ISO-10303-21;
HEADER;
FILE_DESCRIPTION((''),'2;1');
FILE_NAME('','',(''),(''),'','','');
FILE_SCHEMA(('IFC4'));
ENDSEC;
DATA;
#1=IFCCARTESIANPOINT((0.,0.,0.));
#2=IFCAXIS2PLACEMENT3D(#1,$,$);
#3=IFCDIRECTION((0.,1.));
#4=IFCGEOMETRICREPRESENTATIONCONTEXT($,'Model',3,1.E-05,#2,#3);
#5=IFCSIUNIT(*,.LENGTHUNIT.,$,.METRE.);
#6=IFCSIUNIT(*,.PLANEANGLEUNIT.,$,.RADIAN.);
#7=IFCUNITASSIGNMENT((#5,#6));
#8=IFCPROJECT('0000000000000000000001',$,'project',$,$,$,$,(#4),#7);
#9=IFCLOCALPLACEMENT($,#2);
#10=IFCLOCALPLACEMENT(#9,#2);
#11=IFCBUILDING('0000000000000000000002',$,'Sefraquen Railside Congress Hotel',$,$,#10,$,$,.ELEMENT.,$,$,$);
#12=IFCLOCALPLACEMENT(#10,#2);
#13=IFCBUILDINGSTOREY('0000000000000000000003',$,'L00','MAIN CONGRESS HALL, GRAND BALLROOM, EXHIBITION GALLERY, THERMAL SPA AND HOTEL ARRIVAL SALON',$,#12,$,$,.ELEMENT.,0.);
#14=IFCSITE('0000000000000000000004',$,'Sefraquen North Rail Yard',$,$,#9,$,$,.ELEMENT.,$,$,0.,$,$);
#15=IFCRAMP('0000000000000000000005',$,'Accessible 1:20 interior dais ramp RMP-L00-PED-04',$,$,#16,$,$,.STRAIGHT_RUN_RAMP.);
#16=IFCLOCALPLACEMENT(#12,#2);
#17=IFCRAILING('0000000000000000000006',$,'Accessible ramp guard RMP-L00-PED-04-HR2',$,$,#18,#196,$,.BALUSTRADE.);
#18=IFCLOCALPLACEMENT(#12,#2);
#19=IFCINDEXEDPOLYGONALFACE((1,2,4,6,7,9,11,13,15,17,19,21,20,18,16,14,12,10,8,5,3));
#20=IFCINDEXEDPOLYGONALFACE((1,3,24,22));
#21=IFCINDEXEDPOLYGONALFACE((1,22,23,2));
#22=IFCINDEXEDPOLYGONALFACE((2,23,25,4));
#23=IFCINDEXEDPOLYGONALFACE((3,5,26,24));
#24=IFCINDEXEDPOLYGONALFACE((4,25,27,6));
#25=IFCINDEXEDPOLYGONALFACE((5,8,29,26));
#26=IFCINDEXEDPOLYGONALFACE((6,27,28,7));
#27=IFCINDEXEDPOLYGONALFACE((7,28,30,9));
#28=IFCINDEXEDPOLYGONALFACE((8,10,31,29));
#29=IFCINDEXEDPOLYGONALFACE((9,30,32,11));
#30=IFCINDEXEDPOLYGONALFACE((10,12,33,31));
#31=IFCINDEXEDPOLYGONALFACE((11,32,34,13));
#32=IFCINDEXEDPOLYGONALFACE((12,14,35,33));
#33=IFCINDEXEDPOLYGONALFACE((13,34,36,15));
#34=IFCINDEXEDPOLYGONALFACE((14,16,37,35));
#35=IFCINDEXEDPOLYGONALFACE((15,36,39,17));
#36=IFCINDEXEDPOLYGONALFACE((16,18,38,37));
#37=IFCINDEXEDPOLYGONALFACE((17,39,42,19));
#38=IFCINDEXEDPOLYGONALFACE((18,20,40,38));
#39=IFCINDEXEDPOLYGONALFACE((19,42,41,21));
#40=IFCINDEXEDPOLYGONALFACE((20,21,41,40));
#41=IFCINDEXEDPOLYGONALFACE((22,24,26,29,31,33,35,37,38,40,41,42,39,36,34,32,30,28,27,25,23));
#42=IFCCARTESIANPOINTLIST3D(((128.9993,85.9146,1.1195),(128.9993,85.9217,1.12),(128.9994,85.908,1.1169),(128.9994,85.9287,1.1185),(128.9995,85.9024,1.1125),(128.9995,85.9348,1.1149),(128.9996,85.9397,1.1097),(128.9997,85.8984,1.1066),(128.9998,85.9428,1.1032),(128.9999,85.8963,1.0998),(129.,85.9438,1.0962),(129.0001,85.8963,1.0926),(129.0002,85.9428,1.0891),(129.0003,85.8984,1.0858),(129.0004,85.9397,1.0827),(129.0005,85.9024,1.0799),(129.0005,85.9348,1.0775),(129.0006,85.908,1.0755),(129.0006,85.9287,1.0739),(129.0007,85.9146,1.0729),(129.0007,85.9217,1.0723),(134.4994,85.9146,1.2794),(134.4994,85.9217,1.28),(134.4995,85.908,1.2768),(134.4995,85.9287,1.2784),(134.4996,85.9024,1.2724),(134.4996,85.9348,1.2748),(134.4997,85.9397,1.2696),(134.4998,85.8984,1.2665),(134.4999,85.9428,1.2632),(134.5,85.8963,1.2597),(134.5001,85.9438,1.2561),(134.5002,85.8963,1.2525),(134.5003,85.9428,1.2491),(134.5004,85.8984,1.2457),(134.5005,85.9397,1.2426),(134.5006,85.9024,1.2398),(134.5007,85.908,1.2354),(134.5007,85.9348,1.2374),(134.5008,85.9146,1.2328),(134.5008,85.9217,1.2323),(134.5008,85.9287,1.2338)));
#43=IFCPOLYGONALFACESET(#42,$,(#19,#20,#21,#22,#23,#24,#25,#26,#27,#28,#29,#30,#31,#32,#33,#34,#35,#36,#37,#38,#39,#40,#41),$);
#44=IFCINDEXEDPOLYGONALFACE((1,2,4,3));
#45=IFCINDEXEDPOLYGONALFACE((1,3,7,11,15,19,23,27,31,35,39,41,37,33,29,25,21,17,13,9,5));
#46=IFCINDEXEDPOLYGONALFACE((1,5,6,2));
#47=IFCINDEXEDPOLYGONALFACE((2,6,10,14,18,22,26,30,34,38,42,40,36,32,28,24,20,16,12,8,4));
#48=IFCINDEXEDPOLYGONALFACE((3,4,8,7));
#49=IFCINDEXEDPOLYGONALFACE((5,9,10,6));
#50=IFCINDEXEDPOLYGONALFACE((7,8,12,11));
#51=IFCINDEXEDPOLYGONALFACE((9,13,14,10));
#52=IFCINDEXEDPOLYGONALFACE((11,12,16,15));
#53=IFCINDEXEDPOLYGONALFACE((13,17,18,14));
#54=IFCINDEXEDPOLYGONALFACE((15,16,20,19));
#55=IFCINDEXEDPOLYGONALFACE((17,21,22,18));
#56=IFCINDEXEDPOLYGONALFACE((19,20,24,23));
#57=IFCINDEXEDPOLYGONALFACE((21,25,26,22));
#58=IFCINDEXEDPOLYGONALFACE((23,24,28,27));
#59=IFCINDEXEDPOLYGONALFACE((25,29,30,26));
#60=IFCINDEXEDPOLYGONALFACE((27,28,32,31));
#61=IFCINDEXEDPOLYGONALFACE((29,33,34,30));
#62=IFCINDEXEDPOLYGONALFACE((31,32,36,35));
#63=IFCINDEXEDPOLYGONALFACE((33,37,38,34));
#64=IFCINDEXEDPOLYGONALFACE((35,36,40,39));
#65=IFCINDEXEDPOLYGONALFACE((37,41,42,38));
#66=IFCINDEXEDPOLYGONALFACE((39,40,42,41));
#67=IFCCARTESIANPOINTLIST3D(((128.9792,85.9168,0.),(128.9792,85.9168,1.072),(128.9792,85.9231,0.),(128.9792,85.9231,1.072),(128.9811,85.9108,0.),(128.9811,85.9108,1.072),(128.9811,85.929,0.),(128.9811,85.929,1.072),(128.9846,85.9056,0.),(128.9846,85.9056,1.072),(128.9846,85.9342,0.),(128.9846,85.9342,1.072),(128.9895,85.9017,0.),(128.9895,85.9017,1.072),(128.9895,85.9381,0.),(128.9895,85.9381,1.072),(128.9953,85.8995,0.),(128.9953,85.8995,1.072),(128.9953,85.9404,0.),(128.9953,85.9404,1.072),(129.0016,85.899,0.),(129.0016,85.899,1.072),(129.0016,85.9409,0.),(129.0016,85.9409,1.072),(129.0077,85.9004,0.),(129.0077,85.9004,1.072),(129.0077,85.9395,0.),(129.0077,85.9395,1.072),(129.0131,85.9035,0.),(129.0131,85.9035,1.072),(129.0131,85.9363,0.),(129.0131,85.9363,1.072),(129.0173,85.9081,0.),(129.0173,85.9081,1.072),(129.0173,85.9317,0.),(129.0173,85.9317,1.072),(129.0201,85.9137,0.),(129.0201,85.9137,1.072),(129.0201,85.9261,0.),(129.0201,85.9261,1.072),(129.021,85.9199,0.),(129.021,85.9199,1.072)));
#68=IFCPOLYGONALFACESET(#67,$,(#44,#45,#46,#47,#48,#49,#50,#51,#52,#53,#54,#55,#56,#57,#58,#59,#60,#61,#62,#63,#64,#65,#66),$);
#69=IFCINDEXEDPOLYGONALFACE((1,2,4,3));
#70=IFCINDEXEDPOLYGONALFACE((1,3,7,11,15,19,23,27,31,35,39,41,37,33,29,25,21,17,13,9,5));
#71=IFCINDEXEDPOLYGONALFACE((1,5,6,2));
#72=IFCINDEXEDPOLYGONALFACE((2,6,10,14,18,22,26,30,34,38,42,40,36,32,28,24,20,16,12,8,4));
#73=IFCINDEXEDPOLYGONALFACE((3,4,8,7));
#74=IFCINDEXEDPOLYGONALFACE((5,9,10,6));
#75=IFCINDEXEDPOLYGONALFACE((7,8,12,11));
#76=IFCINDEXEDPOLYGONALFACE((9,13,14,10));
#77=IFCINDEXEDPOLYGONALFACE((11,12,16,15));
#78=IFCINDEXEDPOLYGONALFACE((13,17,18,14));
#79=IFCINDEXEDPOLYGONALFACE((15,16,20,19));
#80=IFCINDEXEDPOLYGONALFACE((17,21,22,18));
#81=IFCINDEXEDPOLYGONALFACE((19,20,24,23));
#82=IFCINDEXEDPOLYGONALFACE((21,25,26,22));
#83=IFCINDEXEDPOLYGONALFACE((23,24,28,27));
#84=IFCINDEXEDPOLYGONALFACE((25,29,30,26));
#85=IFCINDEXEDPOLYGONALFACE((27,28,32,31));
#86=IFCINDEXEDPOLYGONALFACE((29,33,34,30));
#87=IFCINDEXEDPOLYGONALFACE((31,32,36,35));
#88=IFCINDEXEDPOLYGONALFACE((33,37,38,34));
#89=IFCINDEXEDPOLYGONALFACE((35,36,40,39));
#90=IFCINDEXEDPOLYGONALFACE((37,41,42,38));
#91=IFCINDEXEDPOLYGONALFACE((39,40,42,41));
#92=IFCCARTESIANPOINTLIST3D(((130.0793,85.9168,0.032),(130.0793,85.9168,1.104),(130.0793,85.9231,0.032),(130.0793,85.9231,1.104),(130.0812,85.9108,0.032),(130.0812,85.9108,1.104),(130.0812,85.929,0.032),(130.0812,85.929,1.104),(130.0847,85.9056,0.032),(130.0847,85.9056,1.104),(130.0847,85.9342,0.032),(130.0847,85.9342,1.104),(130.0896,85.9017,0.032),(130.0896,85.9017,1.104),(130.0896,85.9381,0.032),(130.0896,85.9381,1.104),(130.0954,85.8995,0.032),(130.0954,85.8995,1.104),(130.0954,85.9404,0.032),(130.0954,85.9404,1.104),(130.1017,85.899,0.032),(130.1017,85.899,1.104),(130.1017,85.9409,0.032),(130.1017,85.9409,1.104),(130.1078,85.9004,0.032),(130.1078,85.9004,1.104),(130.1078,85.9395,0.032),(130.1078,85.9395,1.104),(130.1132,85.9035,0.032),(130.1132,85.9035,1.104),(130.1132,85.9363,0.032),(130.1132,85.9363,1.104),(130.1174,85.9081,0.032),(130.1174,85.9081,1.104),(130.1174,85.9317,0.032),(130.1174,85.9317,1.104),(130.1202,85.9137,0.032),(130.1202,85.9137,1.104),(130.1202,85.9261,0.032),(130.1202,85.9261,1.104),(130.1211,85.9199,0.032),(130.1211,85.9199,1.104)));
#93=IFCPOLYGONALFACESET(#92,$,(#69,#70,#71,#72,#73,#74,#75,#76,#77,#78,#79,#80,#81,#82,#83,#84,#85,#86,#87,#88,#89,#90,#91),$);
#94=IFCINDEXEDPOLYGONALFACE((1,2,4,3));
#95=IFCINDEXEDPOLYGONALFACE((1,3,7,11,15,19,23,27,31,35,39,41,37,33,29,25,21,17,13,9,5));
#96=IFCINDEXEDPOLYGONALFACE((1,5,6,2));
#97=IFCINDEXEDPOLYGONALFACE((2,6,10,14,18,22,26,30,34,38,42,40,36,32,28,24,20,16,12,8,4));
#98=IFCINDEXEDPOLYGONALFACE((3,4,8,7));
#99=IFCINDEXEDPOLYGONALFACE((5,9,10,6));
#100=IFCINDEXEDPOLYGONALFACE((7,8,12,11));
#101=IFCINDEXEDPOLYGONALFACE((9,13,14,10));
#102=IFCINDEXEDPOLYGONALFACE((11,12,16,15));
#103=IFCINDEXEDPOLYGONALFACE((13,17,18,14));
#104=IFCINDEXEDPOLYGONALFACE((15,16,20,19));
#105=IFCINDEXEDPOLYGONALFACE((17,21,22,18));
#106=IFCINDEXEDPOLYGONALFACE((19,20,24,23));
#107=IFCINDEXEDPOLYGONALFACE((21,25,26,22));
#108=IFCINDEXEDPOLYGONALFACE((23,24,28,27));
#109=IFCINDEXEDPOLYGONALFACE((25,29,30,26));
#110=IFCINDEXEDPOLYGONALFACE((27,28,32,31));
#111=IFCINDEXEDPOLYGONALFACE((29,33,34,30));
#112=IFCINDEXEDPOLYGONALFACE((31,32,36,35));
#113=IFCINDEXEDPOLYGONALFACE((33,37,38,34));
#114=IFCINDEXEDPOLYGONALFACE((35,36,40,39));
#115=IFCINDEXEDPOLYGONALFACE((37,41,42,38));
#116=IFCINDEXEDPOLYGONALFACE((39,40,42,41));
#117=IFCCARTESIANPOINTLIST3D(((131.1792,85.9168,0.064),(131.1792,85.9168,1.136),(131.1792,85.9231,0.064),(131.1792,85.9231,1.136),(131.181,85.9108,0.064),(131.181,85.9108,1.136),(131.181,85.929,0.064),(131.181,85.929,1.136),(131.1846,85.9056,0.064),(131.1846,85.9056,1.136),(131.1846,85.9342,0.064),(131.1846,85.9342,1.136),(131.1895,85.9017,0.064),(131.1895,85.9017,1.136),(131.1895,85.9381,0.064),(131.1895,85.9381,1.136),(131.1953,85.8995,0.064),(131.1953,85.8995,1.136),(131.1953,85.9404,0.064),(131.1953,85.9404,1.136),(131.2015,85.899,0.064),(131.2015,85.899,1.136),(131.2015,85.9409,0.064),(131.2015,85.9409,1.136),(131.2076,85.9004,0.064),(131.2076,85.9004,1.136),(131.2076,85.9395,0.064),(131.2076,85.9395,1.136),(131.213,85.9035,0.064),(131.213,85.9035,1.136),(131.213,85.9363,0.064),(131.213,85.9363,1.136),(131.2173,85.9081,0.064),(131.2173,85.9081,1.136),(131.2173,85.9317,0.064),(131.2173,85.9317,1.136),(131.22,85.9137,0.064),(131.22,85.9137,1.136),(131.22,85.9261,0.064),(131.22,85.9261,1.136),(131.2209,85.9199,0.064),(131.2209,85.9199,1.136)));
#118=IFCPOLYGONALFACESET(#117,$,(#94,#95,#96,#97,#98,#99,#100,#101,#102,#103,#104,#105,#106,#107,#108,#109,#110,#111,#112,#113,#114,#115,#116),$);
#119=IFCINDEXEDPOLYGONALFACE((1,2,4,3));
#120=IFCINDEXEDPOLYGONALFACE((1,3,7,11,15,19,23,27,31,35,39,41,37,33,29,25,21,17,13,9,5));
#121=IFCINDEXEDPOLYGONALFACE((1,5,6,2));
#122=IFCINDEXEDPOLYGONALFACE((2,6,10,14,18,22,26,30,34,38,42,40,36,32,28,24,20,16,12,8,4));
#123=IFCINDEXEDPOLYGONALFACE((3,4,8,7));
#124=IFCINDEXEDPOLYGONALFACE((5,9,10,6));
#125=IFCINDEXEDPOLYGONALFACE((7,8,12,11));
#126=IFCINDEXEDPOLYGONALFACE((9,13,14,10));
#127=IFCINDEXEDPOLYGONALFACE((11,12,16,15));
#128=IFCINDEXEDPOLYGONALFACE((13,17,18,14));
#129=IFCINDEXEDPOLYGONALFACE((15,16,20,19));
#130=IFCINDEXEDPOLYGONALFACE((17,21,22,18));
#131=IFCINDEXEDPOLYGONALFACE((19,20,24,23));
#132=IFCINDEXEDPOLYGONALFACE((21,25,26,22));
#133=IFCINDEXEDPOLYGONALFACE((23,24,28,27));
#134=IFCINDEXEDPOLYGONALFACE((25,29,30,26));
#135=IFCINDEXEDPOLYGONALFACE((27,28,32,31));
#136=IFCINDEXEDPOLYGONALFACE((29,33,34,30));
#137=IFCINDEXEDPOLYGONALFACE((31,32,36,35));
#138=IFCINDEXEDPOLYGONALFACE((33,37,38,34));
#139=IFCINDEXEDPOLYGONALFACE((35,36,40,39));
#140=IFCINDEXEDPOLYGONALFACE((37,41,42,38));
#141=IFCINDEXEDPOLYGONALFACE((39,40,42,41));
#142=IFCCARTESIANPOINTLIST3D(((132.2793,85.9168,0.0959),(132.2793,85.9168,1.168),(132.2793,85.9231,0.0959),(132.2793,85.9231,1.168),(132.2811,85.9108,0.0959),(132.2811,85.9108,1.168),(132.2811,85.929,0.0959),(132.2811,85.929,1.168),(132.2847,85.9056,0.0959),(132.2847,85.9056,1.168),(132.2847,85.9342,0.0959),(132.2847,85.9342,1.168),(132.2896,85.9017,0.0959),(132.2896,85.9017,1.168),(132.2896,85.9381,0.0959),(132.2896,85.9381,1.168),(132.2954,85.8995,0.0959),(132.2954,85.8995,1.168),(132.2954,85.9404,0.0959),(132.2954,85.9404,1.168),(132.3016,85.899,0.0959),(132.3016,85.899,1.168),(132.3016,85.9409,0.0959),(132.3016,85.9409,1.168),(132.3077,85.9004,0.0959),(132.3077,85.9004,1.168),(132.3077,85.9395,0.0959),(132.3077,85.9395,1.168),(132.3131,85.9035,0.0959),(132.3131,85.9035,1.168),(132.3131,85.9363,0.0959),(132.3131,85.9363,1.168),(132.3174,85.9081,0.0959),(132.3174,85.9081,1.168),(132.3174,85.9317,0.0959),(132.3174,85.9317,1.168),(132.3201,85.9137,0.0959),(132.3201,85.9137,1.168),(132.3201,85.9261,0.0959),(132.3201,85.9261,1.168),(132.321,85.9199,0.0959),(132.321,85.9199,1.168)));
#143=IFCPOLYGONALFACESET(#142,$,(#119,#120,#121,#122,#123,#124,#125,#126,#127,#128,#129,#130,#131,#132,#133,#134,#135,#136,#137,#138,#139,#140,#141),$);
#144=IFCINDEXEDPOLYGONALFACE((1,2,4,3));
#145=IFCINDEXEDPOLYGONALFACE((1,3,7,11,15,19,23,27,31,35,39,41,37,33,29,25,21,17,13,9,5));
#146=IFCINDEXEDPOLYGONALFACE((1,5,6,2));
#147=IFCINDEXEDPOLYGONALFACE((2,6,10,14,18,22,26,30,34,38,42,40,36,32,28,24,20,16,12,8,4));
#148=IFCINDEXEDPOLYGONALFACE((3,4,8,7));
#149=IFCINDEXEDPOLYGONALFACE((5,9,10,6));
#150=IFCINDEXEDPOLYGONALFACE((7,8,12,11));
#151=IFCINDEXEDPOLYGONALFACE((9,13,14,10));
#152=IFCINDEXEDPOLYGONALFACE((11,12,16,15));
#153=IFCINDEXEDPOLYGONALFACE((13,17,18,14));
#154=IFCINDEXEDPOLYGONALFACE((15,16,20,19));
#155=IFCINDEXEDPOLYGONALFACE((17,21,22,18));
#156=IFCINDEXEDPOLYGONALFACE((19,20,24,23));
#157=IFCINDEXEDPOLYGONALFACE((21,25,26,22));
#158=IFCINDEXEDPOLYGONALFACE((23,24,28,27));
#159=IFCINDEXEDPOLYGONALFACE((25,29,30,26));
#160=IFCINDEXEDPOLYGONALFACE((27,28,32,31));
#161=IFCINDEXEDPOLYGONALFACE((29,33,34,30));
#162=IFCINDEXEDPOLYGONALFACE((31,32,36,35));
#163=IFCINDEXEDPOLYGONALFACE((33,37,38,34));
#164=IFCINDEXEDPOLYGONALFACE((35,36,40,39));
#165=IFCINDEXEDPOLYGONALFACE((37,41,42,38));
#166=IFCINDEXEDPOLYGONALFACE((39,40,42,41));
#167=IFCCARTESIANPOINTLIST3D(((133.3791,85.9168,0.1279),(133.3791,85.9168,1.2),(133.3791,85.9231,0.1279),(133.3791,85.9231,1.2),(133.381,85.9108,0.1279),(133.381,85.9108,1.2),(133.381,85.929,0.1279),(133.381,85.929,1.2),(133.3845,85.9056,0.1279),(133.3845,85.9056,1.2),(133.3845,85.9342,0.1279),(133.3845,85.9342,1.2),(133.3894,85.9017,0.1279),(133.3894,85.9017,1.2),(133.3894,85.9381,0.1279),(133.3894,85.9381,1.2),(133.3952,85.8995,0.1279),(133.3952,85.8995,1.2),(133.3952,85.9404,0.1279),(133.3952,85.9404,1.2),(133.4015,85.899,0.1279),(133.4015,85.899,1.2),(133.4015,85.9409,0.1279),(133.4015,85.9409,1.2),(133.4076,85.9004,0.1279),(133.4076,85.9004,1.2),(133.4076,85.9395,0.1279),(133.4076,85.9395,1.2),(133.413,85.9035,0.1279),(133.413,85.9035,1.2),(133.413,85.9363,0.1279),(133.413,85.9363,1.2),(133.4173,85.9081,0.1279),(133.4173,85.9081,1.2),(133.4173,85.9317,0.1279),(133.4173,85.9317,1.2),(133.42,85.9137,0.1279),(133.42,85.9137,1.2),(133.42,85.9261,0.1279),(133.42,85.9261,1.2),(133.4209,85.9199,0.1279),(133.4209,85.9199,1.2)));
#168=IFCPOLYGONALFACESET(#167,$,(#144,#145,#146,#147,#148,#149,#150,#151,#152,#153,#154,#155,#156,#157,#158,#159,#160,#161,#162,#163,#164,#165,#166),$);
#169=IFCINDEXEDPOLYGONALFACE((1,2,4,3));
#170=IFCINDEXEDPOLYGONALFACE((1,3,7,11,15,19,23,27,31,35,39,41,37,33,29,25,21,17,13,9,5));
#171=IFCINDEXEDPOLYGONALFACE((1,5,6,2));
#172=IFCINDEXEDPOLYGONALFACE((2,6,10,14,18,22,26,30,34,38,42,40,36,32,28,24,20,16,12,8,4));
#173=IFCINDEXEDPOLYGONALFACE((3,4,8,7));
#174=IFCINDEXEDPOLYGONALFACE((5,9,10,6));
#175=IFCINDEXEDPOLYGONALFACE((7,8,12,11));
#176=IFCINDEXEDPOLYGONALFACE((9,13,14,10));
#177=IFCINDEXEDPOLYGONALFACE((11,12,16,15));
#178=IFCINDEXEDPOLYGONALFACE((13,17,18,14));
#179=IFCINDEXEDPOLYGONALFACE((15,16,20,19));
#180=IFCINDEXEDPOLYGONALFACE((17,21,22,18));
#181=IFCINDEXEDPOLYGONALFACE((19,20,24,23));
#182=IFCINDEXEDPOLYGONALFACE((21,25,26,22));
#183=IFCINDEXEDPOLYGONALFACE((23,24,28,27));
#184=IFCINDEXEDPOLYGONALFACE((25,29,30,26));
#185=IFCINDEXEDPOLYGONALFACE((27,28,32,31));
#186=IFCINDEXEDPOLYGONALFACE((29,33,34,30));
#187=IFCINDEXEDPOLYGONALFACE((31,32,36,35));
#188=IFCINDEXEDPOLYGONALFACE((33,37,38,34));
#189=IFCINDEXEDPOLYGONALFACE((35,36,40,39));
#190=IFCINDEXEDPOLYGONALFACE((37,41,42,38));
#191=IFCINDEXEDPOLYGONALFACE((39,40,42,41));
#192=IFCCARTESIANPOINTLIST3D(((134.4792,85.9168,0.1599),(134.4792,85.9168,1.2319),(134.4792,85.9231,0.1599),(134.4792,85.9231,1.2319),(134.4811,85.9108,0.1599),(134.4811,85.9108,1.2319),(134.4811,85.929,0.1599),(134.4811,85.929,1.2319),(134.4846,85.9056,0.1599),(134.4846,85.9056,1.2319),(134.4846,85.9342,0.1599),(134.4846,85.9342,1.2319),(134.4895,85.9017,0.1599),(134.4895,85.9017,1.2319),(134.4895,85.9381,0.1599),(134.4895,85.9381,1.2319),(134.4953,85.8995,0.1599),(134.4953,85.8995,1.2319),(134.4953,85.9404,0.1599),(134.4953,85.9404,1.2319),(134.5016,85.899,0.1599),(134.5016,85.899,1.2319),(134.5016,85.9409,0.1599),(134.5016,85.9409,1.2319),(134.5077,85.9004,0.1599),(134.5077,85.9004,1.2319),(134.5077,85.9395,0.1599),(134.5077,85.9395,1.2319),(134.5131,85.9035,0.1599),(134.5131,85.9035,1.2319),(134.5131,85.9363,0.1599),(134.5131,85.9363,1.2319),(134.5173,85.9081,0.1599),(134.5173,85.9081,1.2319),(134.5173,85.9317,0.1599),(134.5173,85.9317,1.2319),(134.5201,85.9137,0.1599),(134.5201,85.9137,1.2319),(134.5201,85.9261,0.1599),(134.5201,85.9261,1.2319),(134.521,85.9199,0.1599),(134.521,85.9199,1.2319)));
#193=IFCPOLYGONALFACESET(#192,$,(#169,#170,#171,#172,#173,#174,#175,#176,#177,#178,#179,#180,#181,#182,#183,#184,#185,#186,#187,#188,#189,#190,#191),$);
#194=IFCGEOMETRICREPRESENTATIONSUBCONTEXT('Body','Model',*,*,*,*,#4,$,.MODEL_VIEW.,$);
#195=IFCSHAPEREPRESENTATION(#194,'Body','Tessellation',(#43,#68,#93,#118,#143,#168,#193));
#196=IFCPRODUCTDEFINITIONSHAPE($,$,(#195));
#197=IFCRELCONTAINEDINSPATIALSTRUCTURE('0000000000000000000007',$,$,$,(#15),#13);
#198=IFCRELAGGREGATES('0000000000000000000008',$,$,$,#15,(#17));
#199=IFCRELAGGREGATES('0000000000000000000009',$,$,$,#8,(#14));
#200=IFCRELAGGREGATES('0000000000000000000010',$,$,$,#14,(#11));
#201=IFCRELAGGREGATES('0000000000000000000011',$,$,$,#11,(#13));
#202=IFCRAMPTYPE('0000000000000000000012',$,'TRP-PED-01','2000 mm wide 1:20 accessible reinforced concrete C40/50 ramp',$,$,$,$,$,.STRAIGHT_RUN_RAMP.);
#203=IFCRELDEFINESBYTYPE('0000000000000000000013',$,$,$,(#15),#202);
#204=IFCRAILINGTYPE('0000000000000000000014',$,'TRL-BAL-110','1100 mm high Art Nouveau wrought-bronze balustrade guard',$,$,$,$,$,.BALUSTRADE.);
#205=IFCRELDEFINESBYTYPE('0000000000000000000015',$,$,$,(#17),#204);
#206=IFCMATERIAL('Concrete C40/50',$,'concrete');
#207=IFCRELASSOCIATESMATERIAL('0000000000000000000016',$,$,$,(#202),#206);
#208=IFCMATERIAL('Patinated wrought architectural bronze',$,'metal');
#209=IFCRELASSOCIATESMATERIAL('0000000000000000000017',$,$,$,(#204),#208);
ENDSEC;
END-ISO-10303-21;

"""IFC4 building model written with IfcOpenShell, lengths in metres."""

from ifc_helpers import new_model, si_unit, direction, frame, origin, origin_2d, place, context, subcontext, project, spatial, circle, extrude, material, type_object, element, aggregate, save


model = new_model("IFC4")

# Units and contexts
model_context = context("Model", 3, precision=1e-05, world=origin(), true_north=direction((0.0, 1.0)))
body_context = subcontext(model_context, "Body", "Model", "MODEL_VIEW")
ifc_project = project(units=[si_unit("LENGTHUNIT", "METRE"), si_unit("PLANEANGLEUNIT", "RADIAN")], contexts=[model_context])

# Site, building, storey
site_placement = place(None, origin())
site = spatial("IfcSite", under=ifc_project, at=site_placement, Name="Sefraquen North Rail Yard", CompositionType="ELEMENT", RefElevation=0.0)
building_placement = place(site_placement, origin())
building = spatial("IfcBuilding", under=site, at=building_placement, Name="Sefraquen Railside Congress Hotel", CompositionType="ELEMENT")
storey_placement = place(building_placement, origin())
storey = spatial("IfcBuildingStorey", under=building, at=storey_placement, Name="L00", Description="MAIN CONGRESS HALL, GRAND BALLROOM, EXHIBITION GALLERY, THERMAL SPA AND HOTEL ARRIVAL SALON", CompositionType="ELEMENT", Elevation=0.0)

# Ramp, railing
ifc_material_1 = material(Name="Concrete C40/50", Category="concrete")
ramp_type = type_object("IfcRampType", Name="TRP-PED-01", Description="2000 mm wide 1:20 accessible reinforced concrete C40/50 ramp", PredefinedType="STRAIGHT_RUN_RAMP", material=ifc_material_1)
ramp_placement = place(storey_placement, origin())
ramp = element("IfcRamp", 1, at=ramp_placement, inside=storey, type_object=ramp_type, Name="Accessible 1:20 interior dais ramp RMP-L00-PED-04", PredefinedType="STRAIGHT_RUN_RAMP")
ifc_material_2 = material(Name="Patinated wrought architectural bronze", Category="metal")
railing_type = type_object("IfcRailingType", Name="TRL-BAL-110", Description="1100 mm high Art Nouveau wrought-bronze balustrade guard", PredefinedType="BALUSTRADE", material=ifc_material_2)
railing_1_placement = place(storey_placement, frame((129.0, 85.9199, 0.0)))
railing_1 = element("IfcRailing", 2, at=railing_1_placement, type_object=railing_type, Name="Accessible ramp guard RMP-L00-PED-04-HR2", PredefinedType="BALUSTRADE", context=body_context, shape_type="SweptSolid", body=[
    extrude(circle(Radius=0.0239, at=origin_2d()), frame((0.0, 0.0, 1.0962), z_axis=(0.999578, 0.0, 0.029063), x_axis=(0.0, 1.0, 0.0)), (0.0, 0.0, 1.0), 5.5024),
    extrude(circle(Radius=0.021, at=origin_2d()), origin(), (0.0, 0.0, 1.0), 1.072),
    extrude(circle(Radius=0.021, at=origin_2d()), frame((1.1001, 0.0, 0.032)), (0.0, 0.0, 1.0), 1.072),
    extrude(circle(Radius=0.021, at=origin_2d()), frame((2.2, 0.0, 0.064)), (0.0, 0.0, 1.0), 1.072),
    extrude(circle(Radius=0.021, at=origin_2d()), frame((3.3, 0.0, 0.0959)), (0.0, 0.0, 1.0), 1.072),
    extrude(circle(Radius=0.021, at=origin_2d()), frame((4.3999, 0.0, 0.1279)), (0.0, 0.0, 1.0), 1.072),
    extrude(circle(Radius=0.021, at=origin_2d()), frame((5.5, 0.0, 0.1599)), (0.0, 0.0, 1.0), 1.072),
])
aggregate(ramp, [railing_1])

save(model, "model.ifc")
